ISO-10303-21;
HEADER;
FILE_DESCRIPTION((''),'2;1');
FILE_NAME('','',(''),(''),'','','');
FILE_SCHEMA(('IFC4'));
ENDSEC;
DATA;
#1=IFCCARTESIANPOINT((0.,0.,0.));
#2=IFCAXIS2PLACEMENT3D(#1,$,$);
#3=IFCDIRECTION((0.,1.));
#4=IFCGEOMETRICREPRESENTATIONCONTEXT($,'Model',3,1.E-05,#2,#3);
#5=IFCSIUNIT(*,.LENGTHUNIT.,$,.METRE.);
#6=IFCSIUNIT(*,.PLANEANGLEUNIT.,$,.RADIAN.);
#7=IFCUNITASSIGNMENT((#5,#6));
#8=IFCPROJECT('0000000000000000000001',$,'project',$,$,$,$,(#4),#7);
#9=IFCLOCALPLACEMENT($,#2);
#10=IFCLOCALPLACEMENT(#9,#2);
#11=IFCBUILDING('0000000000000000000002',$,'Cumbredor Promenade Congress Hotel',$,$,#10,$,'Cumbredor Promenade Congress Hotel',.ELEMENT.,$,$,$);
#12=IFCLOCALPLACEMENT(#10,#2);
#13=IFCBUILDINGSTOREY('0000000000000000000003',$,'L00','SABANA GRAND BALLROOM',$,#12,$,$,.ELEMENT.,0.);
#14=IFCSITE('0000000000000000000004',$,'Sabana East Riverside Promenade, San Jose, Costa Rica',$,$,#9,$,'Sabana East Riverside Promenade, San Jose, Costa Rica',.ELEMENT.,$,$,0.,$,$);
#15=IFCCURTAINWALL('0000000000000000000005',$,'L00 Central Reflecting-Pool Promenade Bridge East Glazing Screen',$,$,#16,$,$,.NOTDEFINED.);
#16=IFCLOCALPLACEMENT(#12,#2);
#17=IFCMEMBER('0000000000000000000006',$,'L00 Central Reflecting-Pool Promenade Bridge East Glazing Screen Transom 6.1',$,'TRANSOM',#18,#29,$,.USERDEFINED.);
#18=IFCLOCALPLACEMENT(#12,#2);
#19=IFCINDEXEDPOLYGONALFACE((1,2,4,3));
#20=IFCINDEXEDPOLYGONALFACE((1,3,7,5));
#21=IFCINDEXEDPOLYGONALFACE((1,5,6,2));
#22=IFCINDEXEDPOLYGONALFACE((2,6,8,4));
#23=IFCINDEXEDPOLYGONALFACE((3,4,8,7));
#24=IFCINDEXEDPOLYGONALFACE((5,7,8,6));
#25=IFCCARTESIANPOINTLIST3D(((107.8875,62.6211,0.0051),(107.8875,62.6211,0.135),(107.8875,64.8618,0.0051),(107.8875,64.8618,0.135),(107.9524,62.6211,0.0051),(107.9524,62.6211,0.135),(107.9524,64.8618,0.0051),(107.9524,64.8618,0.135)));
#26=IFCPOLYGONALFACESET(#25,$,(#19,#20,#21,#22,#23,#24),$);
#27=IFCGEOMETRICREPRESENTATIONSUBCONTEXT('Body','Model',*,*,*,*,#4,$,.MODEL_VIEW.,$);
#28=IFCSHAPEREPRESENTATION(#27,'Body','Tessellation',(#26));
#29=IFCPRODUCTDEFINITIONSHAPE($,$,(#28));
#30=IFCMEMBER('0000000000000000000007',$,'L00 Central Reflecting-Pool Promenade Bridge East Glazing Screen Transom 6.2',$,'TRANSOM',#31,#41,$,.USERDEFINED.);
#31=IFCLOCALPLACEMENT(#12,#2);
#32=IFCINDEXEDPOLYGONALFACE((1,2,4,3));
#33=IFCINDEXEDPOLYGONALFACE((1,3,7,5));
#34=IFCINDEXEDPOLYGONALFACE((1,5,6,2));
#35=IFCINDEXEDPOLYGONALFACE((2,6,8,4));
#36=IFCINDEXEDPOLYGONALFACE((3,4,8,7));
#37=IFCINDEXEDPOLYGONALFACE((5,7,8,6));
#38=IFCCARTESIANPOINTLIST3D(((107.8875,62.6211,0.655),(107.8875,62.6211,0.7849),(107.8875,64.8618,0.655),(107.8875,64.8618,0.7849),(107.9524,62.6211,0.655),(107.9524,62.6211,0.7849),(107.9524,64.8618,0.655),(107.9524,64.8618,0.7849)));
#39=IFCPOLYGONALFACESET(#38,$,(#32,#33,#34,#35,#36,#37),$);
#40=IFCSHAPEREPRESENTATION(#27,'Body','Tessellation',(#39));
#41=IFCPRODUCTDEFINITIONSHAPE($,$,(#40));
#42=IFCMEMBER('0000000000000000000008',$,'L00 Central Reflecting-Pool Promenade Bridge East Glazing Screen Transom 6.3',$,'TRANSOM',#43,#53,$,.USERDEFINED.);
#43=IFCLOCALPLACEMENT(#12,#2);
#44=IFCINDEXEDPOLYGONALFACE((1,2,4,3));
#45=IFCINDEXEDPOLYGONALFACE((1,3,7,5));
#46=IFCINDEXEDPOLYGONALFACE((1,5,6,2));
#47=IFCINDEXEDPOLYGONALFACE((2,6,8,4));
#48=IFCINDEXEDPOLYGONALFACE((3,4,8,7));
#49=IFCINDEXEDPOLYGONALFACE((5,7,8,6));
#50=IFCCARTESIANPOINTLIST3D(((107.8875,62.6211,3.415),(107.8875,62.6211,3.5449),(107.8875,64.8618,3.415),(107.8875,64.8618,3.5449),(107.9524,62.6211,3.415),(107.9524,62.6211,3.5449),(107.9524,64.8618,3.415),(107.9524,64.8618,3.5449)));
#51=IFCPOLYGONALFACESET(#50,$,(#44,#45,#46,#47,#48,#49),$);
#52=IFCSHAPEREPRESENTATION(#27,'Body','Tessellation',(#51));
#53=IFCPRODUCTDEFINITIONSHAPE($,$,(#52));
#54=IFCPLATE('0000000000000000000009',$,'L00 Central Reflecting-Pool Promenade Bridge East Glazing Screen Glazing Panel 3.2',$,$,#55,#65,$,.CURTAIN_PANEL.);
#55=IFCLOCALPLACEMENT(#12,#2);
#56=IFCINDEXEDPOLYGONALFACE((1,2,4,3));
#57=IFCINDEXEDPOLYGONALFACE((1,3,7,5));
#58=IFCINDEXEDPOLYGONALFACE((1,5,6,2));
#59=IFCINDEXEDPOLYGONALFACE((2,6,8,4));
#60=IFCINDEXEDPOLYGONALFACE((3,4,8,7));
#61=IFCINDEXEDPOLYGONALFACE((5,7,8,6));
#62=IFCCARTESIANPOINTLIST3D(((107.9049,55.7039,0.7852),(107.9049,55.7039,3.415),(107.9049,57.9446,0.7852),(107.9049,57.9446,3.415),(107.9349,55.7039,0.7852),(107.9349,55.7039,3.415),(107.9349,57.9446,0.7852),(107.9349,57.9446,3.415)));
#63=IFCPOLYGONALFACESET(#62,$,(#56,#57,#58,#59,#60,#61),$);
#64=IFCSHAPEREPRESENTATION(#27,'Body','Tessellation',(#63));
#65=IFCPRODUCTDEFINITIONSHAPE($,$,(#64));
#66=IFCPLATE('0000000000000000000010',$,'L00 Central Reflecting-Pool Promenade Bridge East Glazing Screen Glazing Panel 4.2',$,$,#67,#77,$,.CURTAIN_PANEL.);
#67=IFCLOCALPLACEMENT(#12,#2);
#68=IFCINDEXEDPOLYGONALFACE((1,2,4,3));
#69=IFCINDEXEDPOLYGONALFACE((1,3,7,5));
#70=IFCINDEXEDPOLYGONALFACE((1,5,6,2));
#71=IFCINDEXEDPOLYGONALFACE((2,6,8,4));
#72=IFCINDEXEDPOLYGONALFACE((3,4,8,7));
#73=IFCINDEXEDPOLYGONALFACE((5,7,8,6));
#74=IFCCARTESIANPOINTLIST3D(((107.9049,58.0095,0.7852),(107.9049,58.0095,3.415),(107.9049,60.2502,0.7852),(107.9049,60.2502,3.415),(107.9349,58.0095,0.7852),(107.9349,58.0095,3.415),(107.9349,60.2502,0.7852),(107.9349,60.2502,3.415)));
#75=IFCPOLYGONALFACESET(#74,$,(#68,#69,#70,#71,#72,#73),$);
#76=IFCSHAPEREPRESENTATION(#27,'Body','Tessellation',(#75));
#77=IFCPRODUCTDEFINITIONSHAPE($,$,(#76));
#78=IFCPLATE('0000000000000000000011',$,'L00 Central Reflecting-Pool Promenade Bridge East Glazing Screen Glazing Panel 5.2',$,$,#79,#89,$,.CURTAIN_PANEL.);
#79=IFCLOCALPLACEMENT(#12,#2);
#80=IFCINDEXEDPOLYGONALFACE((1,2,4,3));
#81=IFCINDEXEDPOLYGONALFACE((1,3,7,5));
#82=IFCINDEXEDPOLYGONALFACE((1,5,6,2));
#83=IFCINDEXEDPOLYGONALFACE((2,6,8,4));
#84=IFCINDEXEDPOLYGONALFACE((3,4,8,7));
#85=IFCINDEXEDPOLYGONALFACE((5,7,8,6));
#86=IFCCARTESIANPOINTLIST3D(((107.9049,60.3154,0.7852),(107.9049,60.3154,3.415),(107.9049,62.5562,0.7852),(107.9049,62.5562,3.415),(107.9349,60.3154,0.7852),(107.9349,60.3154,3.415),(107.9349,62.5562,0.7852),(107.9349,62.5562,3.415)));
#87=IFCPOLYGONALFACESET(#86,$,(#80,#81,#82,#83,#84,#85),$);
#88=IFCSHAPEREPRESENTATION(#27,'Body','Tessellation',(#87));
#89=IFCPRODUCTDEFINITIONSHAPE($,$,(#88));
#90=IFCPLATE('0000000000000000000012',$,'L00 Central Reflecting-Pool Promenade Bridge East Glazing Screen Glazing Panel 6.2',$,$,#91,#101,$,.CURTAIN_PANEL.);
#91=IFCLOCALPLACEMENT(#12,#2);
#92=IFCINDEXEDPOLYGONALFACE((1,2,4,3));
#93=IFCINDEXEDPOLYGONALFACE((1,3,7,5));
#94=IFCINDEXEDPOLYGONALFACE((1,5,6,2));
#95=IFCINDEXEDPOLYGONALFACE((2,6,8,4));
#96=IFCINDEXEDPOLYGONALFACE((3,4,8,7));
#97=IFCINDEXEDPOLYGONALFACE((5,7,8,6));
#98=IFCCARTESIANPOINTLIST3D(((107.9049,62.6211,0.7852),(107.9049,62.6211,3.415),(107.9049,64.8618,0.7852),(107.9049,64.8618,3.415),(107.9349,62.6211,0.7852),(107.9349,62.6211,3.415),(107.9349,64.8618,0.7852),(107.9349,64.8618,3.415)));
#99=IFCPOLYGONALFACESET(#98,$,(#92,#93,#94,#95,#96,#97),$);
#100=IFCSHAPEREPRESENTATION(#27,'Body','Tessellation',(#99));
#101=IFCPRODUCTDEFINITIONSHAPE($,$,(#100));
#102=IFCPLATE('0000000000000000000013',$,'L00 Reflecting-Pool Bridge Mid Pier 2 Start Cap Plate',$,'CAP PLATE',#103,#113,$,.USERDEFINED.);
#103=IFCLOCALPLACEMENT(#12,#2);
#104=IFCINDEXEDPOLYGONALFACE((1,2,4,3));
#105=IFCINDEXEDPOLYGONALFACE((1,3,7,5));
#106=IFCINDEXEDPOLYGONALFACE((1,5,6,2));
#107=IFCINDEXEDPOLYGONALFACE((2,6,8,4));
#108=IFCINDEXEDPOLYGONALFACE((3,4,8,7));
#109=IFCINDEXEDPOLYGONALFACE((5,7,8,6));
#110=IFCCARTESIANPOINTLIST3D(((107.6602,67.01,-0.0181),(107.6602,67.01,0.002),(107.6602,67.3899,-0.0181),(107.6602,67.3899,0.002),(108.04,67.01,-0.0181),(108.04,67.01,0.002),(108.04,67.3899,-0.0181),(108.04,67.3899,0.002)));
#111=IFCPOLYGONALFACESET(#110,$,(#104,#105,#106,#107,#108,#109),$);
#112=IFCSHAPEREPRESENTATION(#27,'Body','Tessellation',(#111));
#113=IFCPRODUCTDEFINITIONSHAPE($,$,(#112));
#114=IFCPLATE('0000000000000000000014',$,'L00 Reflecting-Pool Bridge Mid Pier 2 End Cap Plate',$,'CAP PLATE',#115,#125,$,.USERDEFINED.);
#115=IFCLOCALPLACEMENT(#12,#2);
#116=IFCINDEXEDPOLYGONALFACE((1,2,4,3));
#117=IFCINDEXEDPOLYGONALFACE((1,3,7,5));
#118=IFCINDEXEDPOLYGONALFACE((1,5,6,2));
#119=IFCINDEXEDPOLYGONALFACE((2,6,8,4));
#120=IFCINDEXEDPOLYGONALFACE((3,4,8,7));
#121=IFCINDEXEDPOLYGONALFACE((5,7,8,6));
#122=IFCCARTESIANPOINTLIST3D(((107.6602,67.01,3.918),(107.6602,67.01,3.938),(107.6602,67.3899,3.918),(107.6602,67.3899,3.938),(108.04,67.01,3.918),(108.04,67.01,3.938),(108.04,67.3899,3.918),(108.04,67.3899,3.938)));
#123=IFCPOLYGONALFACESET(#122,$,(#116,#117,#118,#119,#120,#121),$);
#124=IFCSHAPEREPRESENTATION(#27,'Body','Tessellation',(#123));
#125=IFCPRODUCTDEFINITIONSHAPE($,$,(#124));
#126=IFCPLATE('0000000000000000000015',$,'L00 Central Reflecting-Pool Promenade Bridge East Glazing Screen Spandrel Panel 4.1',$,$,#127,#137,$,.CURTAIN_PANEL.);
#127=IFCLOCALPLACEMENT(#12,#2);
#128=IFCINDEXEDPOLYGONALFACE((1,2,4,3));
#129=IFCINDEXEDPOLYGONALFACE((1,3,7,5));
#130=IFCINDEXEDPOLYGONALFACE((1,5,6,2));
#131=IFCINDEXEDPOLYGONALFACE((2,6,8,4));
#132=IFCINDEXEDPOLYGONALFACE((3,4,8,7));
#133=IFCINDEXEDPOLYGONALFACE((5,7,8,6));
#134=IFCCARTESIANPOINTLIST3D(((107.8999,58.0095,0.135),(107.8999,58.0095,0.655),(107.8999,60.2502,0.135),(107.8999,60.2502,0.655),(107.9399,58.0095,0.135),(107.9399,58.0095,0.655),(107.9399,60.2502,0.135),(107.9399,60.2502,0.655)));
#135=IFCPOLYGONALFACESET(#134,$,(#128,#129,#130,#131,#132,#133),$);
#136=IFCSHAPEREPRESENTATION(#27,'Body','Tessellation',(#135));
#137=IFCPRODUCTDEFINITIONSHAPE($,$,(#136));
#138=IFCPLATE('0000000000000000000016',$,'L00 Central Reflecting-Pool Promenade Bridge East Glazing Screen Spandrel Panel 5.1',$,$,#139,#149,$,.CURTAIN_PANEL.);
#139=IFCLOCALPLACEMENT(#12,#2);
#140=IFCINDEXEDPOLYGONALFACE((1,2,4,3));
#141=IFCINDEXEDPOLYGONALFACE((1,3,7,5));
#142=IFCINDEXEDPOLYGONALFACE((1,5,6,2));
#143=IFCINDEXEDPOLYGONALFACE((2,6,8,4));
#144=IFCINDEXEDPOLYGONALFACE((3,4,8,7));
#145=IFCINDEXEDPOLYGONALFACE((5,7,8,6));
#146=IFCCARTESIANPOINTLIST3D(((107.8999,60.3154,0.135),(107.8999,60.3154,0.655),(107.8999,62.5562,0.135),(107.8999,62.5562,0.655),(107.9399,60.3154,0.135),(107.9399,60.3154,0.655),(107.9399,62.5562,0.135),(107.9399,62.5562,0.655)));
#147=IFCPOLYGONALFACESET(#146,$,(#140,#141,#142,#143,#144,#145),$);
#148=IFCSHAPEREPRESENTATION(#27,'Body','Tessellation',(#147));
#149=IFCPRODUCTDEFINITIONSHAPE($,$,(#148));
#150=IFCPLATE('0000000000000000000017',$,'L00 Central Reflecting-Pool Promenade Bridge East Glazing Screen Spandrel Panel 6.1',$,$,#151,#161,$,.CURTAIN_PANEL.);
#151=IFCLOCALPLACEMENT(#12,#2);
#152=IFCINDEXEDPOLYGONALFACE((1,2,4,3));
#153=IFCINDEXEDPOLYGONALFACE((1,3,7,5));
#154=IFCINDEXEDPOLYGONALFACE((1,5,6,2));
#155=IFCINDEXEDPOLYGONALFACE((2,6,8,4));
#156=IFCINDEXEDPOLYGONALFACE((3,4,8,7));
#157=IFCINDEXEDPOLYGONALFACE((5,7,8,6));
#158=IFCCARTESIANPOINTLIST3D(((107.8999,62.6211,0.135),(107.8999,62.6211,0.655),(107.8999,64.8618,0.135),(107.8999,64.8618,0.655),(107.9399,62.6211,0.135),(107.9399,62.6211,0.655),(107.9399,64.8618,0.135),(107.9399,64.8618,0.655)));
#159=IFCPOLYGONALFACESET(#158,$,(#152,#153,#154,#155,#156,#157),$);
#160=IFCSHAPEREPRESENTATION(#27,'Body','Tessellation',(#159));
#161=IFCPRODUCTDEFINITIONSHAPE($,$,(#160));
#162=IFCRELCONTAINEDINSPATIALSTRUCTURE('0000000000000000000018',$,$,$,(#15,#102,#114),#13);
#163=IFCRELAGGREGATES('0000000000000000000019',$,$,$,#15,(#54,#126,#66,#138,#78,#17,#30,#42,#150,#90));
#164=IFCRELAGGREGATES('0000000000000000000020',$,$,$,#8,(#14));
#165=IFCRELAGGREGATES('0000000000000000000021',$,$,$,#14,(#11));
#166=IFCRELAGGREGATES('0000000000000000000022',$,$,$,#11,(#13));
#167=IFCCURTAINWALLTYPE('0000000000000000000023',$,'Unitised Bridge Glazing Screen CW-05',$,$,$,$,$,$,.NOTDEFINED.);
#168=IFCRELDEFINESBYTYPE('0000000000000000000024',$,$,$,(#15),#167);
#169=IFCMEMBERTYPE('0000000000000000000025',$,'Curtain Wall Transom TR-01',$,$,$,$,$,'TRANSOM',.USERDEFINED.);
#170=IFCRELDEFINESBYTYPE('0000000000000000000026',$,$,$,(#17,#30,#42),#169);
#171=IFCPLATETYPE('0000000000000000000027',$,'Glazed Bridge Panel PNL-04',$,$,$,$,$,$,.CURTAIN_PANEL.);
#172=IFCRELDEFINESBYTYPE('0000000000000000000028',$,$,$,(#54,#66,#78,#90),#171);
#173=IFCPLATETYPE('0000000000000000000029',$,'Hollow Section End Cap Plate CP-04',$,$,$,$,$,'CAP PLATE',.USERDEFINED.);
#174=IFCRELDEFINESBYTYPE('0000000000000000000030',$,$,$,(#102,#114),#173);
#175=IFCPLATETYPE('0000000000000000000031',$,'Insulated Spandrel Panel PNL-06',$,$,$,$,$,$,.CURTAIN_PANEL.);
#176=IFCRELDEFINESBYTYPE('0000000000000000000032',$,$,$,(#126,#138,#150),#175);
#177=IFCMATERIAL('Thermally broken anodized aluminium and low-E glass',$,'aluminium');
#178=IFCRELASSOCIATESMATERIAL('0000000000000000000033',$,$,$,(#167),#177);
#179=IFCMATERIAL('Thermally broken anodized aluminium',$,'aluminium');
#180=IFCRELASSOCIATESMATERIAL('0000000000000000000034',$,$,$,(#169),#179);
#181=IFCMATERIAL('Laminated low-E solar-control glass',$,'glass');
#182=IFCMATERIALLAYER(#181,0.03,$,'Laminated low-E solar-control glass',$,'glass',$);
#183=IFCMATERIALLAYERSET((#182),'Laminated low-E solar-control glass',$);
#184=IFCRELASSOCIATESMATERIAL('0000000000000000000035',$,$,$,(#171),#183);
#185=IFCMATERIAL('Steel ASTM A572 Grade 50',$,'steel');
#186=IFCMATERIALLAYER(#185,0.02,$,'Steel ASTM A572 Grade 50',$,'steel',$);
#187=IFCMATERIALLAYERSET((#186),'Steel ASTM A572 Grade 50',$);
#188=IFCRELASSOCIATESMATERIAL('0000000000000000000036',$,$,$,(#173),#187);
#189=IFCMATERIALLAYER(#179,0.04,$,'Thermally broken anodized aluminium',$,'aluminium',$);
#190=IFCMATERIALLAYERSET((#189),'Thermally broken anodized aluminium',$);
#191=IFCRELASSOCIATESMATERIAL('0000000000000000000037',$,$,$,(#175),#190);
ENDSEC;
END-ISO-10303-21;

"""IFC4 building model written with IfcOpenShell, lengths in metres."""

from ifc_helpers import new_model, si_unit, direction, frame, origin, origin_2d, place, context, subcontext, project, spatial, rectangle, extrude, material, layer, layer_set, material_profile, profile_set, type_object, element, aggregate, save


model = new_model("IFC4")

# Units and contexts
model_context = context("Model", 3, precision=1e-05, world=origin(), true_north=direction((0.0, 1.0)))
body_context = subcontext(model_context, "Body", "Model", "MODEL_VIEW")
ifc_project = project(units=[si_unit("LENGTHUNIT", "METRE"), si_unit("PLANEANGLEUNIT", "RADIAN")], contexts=[model_context])

# Site, building, storey
site_placement = place(None, origin())
site = spatial("IfcSite", under=ifc_project, at=site_placement, Name="Sabana East Riverside Promenade, San Jose, Costa Rica", LongName="Sabana East Riverside Promenade, San Jose, Costa Rica", CompositionType="ELEMENT", RefElevation=0.0)
building_placement = place(site_placement, origin())
building = spatial("IfcBuilding", under=site, at=building_placement, Name="Cumbredor Promenade Congress Hotel", LongName="Cumbredor Promenade Congress Hotel", CompositionType="ELEMENT")
storey_placement = place(building_placement, origin())
storey = spatial("IfcBuildingStorey", under=building, at=storey_placement, Name="L00", Description="SABANA GRAND BALLROOM", CompositionType="ELEMENT", Elevation=0.0)

# Curtain wall, members, plates
ifc_material_1 = material(Name="Thermally broken anodized aluminium and low-E glass", Category="aluminium")
curtain_wall_type = type_object("IfcCurtainWallType", Name="Unitised Bridge Glazing Screen CW-05", PredefinedType="NOTDEFINED", material=ifc_material_1)
curtain_wall_placement = place(storey_placement, origin())
curtain_wall = element("IfcCurtainWall", 1, at=curtain_wall_placement, inside=storey, type_object=curtain_wall_type, Name="L00 Central Reflecting-Pool Promenade Bridge East Glazing Screen", PredefinedType="NOTDEFINED")
ifc_material_2 = material(Name="Thermally broken anodized aluminium", Category="aluminium")
ifc_material_profile_1 = material_profile(ifc_material_2, rectangle(XDim=0.0649, YDim=0.1299, at=origin_2d()), Name="ALU TRANSOM 65x130")
ifc_profile_set_1 = profile_set([ifc_material_profile_1], Name="Thermally broken anodized aluminium")
member_type_1 = type_object("IfcMemberType", Name="Curtain Wall Transom TR-01", ElementType="TRANSOM", PredefinedType="USERDEFINED", material=ifc_profile_set_1)
member_1_placement = place(storey_placement, frame((107.9199, 62.6211, 0.0701), z_axis=(0.0, 1.0, 0.0), x_axis=(-1.0, 0.0, 0.0)))
member_1 = element("IfcMember", 2, at=member_1_placement, type_object=member_type_1, Name="L00 Central Reflecting-Pool Promenade Bridge East Glazing Screen Transom 6.1", ObjectType="TRANSOM", PredefinedType="USERDEFINED", context=body_context, shape_type="SweptSolid", body=[
    extrude(rectangle(XDim=0.0649, YDim=0.1299, at=origin_2d()), origin(), (0.0, 0.0, 1.0), 2.2407),
])
member_2_placement = place(storey_placement, frame((107.9199, 62.6211, 0.72), z_axis=(0.0, 1.0, 0.0), x_axis=(-1.0, 0.0, 0.0)))
member_2 = element("IfcMember", 3, at=member_2_placement, type_object=member_type_1, Name="L00 Central Reflecting-Pool Promenade Bridge East Glazing Screen Transom 6.2", ObjectType="TRANSOM", PredefinedType="USERDEFINED", context=body_context, shape_type="SweptSolid", body=[
    extrude(rectangle(XDim=0.0649, YDim=0.1299, at=origin_2d()), origin(), (0.0, 0.0, 1.0), 2.2407),
])
member_3_placement = place(storey_placement, frame((107.9199, 62.6211, 3.48), z_axis=(0.0, 1.0, 0.0), x_axis=(-1.0, 0.0, 0.0)))
member_3 = element("IfcMember", 4, at=member_3_placement, type_object=member_type_1, Name="L00 Central Reflecting-Pool Promenade Bridge East Glazing Screen Transom 6.3", ObjectType="TRANSOM", PredefinedType="USERDEFINED", context=body_context, shape_type="SweptSolid", body=[
    extrude(rectangle(XDim=0.0649, YDim=0.1299, at=origin_2d()), origin(), (0.0, 0.0, 1.0), 2.2407),
])
ifc_material_3 = material(Name="Laminated low-E solar-control glass", Category="glass")
ifc_layer_1 = layer(ifc_material_3, 0.03, Name="Laminated low-E solar-control glass", Category="glass")
ifc_layer_set_1 = layer_set([ifc_layer_1], Name="Laminated low-E solar-control glass")
plate_type_1 = type_object("IfcPlateType", Name="Glazed Bridge Panel PNL-04", PredefinedType="CURTAIN_PANEL", material=ifc_layer_set_1)
plate_1_placement = place(storey_placement, frame((107.9199, 56.8242, 0.7852), z_axis=(0.0, 0.0, 1.0), x_axis=(0.0, 1.0, 0.0)))
plate_1 = element("IfcPlate", 5, at=plate_1_placement, type_object=plate_type_1, Name="L00 Central Reflecting-Pool Promenade Bridge East Glazing Screen Glazing Panel 3.2", PredefinedType="CURTAIN_PANEL", context=body_context, shape_type="SweptSolid", body=[
    extrude(rectangle(XDim=2.2407, YDim=0.03, at=origin_2d()), origin(), (0.0, 0.0, 1.0), 2.6299),
])
plate_2_placement = place(storey_placement, frame((107.9199, 59.1299, 0.7852), z_axis=(0.0, 0.0, 1.0), x_axis=(0.0, 1.0, 0.0)))
plate_2 = element("IfcPlate", 6, at=plate_2_placement, type_object=plate_type_1, Name="L00 Central Reflecting-Pool Promenade Bridge East Glazing Screen Glazing Panel 4.2", PredefinedType="CURTAIN_PANEL", context=body_context, shape_type="SweptSolid", body=[
    extrude(rectangle(XDim=2.2407, YDim=0.03, at=origin_2d()), origin(), (0.0, 0.0, 1.0), 2.6299),
])
plate_3_placement = place(storey_placement, frame((107.9199, 61.4358, 0.7852), z_axis=(0.0, 0.0, 1.0), x_axis=(0.0, 1.0, 0.0)))
plate_3 = element("IfcPlate", 7, at=plate_3_placement, type_object=plate_type_1, Name="L00 Central Reflecting-Pool Promenade Bridge East Glazing Screen Glazing Panel 5.2", PredefinedType="CURTAIN_PANEL", context=body_context, shape_type="SweptSolid", body=[
    extrude(rectangle(XDim=2.2407, YDim=0.03, at=origin_2d()), origin(), (0.0, 0.0, 1.0), 2.6299),
])
plate_4_placement = place(storey_placement, frame((107.9199, 63.7415, 0.7852), z_axis=(0.0, 0.0, 1.0), x_axis=(0.0, 1.0, 0.0)))
plate_4 = element("IfcPlate", 8, at=plate_4_placement, type_object=plate_type_1, Name="L00 Central Reflecting-Pool Promenade Bridge East Glazing Screen Glazing Panel 6.2", PredefinedType="CURTAIN_PANEL", context=body_context, shape_type="SweptSolid", body=[
    extrude(rectangle(XDim=2.2407, YDim=0.03, at=origin_2d()), origin(), (0.0, 0.0, 1.0), 2.6299),
])

# Plates
ifc_material_4 = material(Name="Steel ASTM A572 Grade 50", Category="steel")
ifc_layer_2 = layer(ifc_material_4, 0.02, Name="Steel ASTM A572 Grade 50", Category="steel")
ifc_layer_set_2 = layer_set([ifc_layer_2], Name="Steel ASTM A572 Grade 50")
plate_type_2 = type_object("IfcPlateType", Name="Hollow Section End Cap Plate CP-04", ElementType="CAP PLATE", PredefinedType="USERDEFINED", material=ifc_layer_set_2)
for number, where, z_axis, x_axis, name in (
    (9, (107.8501, 67.2, -0.0181), (0.0, 0.0, 1.0), (1.0, 0.0, 0.0), "L00 Reflecting-Pool Bridge Mid Pier 2 Start Cap Plate"),
    (10, (107.8501, 67.2, 3.918), (0.0, 0.0, 1.0), (1.0, 0.0, 0.0), "L00 Reflecting-Pool Bridge Mid Pier 2 End Cap Plate"),
):
    element("IfcPlate", number, at=place(storey_placement, frame(where, z_axis=z_axis, x_axis=x_axis)), inside=storey, type_object=plate_type_2, Name=name, ObjectType="CAP PLATE", PredefinedType="USERDEFINED", context=body_context, shape_type="SweptSolid", body=[
        extrude(rectangle(XDim=0.3799, YDim=0.3799, at=origin_2d()), origin(), (0.0, 0.0, 1.0), 0.02),
    ])

# Plates
ifc_layer_3 = layer(ifc_material_2, 0.04, Name="Thermally broken anodized aluminium", Category="aluminium")
ifc_layer_set_3 = layer_set([ifc_layer_3], Name="Thermally broken anodized aluminium")
plate_type_3 = type_object("IfcPlateType", Name="Insulated Spandrel Panel PNL-06", PredefinedType="CURTAIN_PANEL", material=ifc_layer_set_3)
plate_5_placement = place(storey_placement, frame((107.9199, 59.1299, 0.135), z_axis=(0.0, 0.0, 1.0), x_axis=(0.0, 1.0, 0.0)))
plate_5 = element("IfcPlate", 11, at=plate_5_placement, type_object=plate_type_3, Name="L00 Central Reflecting-Pool Promenade Bridge East Glazing Screen Spandrel Panel 4.1", PredefinedType="CURTAIN_PANEL", context=body_context, shape_type="SweptSolid", body=[
    extrude(rectangle(XDim=2.2407, YDim=0.04, at=origin_2d()), origin(), (0.0, 0.0, 1.0), 0.52),
])
plate_6_placement = place(storey_placement, frame((107.9199, 61.4358, 0.135), z_axis=(0.0, 0.0, 1.0), x_axis=(0.0, 1.0, 0.0)))
plate_6 = element("IfcPlate", 12, at=plate_6_placement, type_object=plate_type_3, Name="L00 Central Reflecting-Pool Promenade Bridge East Glazing Screen Spandrel Panel 5.1", PredefinedType="CURTAIN_PANEL", context=body_context, shape_type="SweptSolid", body=[
    extrude(rectangle(XDim=2.2407, YDim=0.04, at=origin_2d()), origin(), (0.0, 0.0, 1.0), 0.52),
])
plate_7_placement = place(storey_placement, frame((107.9199, 63.7415, 0.135), z_axis=(0.0, 0.0, 1.0), x_axis=(0.0, 1.0, 0.0)))
plate_7 = element("IfcPlate", 13, at=plate_7_placement, type_object=plate_type_3, Name="L00 Central Reflecting-Pool Promenade Bridge East Glazing Screen Spandrel Panel 6.1", PredefinedType="CURTAIN_PANEL", context=body_context, shape_type="SweptSolid", body=[
    extrude(rectangle(XDim=2.2407, YDim=0.04, at=origin_2d()), origin(), (0.0, 0.0, 1.0), 0.52),
])
aggregate(curtain_wall, [plate_1, plate_5, plate_2, plate_6, plate_3, member_1, member_2, member_3, plate_7, plate_4])

save(model, "model.ifc")
